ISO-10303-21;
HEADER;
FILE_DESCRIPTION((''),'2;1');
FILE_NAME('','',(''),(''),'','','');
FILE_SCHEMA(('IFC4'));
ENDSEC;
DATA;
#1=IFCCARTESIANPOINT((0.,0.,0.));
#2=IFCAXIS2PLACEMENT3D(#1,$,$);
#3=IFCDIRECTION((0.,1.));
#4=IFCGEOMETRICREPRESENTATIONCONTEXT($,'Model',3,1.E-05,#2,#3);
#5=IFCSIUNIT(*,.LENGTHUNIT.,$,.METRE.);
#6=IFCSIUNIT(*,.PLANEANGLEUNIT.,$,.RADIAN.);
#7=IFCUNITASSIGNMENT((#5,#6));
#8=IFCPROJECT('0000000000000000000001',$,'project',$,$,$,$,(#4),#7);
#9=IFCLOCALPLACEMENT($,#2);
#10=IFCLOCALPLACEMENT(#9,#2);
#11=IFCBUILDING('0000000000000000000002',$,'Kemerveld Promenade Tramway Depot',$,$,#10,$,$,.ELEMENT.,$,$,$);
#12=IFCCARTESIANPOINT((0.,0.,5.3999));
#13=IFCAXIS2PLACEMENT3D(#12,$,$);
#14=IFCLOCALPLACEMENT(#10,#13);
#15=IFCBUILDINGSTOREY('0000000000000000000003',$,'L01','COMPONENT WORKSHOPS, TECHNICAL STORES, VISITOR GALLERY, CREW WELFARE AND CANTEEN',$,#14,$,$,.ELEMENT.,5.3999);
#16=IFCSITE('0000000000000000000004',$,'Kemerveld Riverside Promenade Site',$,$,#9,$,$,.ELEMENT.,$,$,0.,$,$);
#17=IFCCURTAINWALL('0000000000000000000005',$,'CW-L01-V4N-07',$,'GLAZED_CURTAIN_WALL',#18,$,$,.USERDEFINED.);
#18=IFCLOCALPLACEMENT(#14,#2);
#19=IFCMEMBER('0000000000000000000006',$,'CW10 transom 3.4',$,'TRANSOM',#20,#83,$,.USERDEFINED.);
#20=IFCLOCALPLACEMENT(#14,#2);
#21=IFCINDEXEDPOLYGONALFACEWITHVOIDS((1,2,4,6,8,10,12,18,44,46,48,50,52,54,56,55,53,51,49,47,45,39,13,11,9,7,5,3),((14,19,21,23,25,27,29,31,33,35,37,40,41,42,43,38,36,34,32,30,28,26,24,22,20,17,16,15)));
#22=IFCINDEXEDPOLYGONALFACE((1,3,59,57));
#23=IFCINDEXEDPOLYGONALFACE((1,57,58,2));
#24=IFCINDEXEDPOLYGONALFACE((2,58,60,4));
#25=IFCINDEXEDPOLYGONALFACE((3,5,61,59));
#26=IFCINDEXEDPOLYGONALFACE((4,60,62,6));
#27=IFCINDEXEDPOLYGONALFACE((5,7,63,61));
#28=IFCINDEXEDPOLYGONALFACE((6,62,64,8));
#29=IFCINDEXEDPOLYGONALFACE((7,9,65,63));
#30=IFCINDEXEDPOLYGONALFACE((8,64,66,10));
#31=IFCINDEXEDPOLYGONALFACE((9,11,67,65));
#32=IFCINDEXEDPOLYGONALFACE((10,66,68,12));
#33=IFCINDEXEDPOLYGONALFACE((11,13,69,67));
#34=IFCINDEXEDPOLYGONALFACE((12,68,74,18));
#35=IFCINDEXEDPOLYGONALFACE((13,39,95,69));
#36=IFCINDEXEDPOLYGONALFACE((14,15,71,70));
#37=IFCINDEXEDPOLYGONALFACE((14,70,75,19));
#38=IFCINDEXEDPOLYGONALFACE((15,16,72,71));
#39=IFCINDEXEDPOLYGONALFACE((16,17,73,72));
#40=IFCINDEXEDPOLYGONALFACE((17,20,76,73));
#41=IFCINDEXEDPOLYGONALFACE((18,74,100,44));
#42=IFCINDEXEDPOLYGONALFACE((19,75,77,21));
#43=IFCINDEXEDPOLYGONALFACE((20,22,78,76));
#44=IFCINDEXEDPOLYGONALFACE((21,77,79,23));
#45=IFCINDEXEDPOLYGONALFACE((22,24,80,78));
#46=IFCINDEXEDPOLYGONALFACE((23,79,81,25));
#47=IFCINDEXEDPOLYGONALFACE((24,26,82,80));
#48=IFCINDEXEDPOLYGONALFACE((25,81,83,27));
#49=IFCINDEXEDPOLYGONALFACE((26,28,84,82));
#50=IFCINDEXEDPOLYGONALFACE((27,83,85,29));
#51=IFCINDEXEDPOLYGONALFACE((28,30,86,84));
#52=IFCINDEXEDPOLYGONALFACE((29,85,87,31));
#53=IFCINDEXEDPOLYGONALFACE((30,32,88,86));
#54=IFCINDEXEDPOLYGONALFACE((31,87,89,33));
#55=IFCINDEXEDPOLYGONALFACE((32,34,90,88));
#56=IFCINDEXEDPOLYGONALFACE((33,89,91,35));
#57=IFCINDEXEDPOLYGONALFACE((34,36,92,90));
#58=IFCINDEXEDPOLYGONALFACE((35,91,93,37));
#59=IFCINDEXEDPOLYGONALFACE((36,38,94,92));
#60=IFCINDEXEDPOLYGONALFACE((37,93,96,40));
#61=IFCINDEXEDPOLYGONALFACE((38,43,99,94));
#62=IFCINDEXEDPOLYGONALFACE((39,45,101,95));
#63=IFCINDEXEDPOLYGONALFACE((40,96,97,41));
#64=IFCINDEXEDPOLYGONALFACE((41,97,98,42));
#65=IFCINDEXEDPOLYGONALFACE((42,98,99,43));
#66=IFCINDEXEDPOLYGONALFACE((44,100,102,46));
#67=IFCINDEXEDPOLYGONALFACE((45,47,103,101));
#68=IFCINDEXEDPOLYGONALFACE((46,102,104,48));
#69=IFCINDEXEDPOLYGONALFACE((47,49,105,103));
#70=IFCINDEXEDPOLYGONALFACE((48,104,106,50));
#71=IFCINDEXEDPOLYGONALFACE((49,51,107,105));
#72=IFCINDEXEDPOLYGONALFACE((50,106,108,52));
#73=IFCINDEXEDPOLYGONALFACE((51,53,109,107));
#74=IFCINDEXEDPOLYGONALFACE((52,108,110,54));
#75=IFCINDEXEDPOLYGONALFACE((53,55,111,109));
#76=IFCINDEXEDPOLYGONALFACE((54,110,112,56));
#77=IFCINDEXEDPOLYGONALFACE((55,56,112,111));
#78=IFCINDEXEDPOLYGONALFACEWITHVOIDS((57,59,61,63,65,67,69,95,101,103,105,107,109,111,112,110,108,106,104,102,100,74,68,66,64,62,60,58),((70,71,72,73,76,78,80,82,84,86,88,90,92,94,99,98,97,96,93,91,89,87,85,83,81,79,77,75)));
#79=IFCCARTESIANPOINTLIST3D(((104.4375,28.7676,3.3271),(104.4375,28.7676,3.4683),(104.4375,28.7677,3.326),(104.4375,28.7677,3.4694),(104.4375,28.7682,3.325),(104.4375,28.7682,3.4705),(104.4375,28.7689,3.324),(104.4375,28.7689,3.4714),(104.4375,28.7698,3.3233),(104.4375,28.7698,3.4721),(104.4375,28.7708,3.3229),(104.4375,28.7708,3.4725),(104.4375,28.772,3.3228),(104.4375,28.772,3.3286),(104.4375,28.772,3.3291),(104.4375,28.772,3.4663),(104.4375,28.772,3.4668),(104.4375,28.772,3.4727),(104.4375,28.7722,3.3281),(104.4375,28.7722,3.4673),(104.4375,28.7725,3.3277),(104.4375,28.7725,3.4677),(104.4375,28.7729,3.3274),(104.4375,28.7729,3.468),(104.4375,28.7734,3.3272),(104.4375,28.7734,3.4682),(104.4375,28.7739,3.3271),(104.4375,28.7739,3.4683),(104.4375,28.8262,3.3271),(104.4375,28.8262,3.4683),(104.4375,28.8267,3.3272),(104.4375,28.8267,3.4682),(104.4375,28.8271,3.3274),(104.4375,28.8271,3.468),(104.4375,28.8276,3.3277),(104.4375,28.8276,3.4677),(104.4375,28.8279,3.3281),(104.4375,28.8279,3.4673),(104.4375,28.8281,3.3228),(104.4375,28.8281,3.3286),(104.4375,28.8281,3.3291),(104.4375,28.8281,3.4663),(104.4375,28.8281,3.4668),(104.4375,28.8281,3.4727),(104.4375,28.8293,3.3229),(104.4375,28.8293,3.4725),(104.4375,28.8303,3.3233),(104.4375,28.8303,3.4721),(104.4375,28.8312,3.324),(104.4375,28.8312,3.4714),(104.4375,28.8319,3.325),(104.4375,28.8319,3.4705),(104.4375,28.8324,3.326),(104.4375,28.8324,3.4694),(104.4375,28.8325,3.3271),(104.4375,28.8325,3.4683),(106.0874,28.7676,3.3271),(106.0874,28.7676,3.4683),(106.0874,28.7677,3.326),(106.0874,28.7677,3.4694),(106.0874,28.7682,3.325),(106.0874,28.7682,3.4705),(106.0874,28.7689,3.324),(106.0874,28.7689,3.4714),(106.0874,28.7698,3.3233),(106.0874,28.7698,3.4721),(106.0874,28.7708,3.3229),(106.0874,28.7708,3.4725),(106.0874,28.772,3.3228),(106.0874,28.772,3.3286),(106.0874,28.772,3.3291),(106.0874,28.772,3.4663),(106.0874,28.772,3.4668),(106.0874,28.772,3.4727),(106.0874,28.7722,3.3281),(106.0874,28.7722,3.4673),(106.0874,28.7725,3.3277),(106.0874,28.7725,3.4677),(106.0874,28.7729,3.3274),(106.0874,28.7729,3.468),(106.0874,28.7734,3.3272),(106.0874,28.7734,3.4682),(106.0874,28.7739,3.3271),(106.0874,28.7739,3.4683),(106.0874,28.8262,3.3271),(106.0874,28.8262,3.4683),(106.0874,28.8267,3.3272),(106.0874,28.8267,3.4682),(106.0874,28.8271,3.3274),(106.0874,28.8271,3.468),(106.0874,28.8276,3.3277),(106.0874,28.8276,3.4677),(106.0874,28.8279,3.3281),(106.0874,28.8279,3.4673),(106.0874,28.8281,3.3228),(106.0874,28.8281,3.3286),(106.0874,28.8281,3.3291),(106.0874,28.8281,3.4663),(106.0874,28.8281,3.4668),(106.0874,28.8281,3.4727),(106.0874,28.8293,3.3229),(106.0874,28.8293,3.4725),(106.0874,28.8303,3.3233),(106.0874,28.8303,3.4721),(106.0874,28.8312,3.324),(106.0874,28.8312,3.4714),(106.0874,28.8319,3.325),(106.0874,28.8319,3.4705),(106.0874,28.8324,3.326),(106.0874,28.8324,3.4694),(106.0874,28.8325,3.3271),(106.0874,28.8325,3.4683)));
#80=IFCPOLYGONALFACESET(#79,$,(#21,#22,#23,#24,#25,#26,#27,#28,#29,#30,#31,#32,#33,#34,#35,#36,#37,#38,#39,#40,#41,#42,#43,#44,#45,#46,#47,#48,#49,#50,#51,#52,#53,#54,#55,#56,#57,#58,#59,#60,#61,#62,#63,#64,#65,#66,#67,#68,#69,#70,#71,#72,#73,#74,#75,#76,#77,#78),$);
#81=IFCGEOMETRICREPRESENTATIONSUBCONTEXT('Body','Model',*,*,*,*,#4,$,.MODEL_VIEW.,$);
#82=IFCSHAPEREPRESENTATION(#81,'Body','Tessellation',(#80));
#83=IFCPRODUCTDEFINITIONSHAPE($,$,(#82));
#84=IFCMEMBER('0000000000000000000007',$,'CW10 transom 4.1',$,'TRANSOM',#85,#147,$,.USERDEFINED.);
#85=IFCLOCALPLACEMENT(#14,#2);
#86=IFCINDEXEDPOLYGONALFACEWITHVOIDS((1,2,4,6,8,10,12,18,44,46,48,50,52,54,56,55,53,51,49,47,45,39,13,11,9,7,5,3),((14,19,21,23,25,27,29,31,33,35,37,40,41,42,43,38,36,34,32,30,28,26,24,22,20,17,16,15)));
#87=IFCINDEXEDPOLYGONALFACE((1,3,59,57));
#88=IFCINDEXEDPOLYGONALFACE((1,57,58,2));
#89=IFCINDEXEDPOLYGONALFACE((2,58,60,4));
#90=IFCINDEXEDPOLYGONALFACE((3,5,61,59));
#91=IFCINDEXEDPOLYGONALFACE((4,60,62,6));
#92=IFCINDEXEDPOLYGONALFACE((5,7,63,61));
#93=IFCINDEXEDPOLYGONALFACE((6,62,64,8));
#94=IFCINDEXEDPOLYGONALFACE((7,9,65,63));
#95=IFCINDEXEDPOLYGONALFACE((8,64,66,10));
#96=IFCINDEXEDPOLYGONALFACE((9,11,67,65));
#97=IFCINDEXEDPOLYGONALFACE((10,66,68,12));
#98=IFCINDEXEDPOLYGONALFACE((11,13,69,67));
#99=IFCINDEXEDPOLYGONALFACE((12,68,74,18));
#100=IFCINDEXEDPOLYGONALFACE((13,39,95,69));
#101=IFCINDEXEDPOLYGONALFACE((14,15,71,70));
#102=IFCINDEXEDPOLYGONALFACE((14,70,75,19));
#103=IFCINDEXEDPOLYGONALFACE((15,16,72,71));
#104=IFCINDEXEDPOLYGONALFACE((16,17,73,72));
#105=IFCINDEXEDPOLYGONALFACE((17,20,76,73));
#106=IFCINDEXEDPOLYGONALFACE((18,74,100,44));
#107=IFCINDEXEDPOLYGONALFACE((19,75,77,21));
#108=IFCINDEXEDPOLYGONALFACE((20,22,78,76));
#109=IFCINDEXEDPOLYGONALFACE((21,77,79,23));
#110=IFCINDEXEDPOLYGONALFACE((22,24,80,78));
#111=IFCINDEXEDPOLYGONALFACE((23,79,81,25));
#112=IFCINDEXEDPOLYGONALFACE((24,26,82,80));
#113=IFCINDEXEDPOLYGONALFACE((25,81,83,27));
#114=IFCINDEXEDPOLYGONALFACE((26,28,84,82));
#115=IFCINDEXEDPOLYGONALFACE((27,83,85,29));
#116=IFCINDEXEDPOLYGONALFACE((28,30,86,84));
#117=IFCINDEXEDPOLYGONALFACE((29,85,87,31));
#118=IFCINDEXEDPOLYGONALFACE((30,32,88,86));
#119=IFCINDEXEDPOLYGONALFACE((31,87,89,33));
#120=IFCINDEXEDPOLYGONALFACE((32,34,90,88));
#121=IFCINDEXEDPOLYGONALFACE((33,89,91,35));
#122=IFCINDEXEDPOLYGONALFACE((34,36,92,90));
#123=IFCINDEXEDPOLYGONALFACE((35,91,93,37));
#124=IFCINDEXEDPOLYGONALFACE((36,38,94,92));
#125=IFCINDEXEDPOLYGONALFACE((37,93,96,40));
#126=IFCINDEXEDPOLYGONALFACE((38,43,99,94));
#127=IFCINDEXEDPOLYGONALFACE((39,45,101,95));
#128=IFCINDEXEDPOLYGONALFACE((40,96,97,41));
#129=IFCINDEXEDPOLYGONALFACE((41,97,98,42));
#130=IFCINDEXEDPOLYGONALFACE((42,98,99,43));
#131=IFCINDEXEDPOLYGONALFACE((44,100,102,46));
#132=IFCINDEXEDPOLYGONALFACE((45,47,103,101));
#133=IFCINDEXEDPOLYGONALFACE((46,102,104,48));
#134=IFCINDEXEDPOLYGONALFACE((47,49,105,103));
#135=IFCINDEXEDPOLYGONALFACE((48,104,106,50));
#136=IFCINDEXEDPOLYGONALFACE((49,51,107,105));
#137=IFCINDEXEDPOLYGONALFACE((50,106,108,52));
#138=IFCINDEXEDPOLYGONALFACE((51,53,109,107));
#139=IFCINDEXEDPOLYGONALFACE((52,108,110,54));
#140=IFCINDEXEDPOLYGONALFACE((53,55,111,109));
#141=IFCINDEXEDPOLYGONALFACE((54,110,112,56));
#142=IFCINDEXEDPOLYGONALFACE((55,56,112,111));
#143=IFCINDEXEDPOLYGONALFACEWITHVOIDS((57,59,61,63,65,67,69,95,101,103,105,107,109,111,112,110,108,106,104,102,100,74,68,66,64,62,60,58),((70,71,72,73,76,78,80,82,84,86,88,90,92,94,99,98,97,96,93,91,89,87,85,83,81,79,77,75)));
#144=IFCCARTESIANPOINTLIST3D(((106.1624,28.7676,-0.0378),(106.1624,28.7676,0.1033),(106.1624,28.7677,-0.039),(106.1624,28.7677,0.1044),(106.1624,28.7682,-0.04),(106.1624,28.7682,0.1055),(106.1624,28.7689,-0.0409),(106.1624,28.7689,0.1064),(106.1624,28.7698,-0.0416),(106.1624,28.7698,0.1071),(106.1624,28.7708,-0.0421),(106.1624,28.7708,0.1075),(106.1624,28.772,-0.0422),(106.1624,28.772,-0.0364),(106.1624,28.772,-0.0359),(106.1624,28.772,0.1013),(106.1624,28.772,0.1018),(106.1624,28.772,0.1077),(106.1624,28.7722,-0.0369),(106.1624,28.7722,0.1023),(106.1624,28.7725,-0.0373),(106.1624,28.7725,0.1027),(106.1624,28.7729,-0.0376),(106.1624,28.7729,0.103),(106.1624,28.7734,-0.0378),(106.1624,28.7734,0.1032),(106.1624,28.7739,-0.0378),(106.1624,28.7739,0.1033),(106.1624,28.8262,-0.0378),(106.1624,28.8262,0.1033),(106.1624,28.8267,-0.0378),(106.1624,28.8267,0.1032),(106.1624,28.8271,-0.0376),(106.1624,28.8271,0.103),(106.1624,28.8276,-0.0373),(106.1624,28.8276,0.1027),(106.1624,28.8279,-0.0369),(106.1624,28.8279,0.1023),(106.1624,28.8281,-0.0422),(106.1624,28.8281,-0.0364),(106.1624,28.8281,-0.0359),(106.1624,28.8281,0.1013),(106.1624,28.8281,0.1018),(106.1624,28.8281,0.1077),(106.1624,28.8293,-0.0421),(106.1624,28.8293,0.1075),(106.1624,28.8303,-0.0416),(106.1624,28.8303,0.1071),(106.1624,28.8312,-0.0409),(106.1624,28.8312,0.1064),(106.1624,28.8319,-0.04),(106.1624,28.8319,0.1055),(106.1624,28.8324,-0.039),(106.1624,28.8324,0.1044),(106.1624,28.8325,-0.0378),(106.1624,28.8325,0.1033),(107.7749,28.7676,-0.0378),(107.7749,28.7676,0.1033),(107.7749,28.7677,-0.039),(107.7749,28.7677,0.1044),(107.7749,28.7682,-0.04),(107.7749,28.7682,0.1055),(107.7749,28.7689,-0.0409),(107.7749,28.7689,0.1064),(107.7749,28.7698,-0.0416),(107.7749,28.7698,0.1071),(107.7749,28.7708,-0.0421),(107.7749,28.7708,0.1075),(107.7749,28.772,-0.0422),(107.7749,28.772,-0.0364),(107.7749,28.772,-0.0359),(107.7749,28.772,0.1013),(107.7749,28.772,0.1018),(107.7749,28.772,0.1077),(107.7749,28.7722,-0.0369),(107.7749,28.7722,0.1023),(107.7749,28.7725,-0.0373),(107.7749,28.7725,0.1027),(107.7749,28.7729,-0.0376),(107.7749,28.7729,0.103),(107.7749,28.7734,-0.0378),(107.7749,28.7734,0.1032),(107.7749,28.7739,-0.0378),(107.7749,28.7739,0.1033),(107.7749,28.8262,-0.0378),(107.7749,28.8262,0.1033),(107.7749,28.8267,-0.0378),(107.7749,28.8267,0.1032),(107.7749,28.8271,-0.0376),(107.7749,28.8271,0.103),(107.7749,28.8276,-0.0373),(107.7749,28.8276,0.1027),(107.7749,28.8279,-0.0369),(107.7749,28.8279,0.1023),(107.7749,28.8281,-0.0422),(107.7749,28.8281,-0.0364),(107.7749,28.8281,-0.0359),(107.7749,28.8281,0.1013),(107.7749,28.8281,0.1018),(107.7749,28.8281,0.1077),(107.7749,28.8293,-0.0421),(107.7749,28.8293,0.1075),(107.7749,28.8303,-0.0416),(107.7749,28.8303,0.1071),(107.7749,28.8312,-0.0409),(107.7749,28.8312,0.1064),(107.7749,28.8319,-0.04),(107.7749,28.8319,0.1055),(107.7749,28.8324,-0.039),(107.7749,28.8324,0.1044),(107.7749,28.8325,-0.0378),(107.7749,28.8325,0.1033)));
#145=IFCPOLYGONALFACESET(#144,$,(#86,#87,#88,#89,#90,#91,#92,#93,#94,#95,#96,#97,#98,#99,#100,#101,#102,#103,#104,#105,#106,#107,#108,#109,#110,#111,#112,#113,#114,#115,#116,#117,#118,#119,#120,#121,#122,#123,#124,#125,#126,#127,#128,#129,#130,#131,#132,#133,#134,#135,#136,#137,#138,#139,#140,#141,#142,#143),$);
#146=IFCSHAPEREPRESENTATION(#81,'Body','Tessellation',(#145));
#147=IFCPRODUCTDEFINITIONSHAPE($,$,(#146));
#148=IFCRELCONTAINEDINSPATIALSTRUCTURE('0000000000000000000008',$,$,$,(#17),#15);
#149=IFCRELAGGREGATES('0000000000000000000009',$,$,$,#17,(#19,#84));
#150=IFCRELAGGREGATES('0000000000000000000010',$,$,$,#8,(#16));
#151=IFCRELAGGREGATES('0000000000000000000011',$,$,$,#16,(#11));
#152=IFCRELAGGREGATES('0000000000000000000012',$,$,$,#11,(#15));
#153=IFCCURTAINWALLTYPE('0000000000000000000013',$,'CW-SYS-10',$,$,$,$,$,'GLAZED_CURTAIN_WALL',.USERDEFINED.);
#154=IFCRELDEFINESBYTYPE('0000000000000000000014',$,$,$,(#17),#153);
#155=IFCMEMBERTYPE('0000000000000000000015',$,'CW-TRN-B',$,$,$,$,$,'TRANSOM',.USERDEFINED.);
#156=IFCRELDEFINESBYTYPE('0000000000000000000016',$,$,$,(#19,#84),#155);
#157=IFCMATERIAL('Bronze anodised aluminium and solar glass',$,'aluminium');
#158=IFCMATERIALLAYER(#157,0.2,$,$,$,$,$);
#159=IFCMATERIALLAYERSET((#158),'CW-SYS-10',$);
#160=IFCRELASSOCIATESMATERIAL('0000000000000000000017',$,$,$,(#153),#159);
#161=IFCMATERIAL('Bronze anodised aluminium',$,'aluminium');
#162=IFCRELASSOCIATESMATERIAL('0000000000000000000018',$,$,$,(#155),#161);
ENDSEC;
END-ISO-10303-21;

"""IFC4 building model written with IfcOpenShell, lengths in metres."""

from ifc_helpers import new_model, si_unit, direction, frame, origin, origin_2d, place, context, subcontext, project, spatial, hollow_rectangle, extrude, material, layer, layer_set, material_profile, profile_set, type_object, element, aggregate, save


model = new_model("IFC4")

# Units and contexts
model_context = context("Model", 3, precision=1e-05, world=origin(), true_north=direction((0.0, 1.0)))
body_context = subcontext(model_context, "Body", "Model", "MODEL_VIEW")
ifc_project = project(units=[si_unit("LENGTHUNIT", "METRE"), si_unit("PLANEANGLEUNIT", "RADIAN")], contexts=[model_context])

# Site, building, storey
site_placement = place(None, origin())
site = spatial("IfcSite", under=ifc_project, at=site_placement, Name="Kemerveld Riverside Promenade Site", CompositionType="ELEMENT", RefElevation=0.0)
building_placement = place(site_placement, origin())
building = spatial("IfcBuilding", under=site, at=building_placement, Name="Kemerveld Promenade Tramway Depot", CompositionType="ELEMENT")
storey_placement = place(building_placement, frame((0.0, 0.0, 5.3999)))
storey = spatial("IfcBuildingStorey", under=building, at=storey_placement, Name="L01", Description="COMPONENT WORKSHOPS, TECHNICAL STORES, VISITOR GALLERY, CREW WELFARE AND CANTEEN", CompositionType="ELEMENT", Elevation=5.3999)

# Curtain wall, members
ifc_material_1 = material(Name="Bronze anodised aluminium and solar glass", Category="aluminium")
ifc_layer_1 = layer(ifc_material_1, 0.2)
ifc_layer_set_1 = layer_set([ifc_layer_1], Name="CW-SYS-10")
curtain_wall_type = type_object("IfcCurtainWallType", Name="CW-SYS-10", ElementType="GLAZED_CURTAIN_WALL", PredefinedType="USERDEFINED", material=ifc_layer_set_1)
curtain_wall_placement = place(storey_placement, origin())
curtain_wall = element("IfcCurtainWall", 1, at=curtain_wall_placement, inside=storey, type_object=curtain_wall_type, Name="CW-L01-V4N-07", ObjectType="GLAZED_CURTAIN_WALL", PredefinedType="USERDEFINED")
ifc_material_2 = material(Name="Bronze anodised aluminium", Category="aluminium")
ifc_material_profile_1 = material_profile(ifc_material_2, hollow_rectangle(XDim=0.0649, YDim=0.1499, WallThickness=0.0044, InnerFilletRadius=0.002, OuterFilletRadius=0.0044, at=origin_2d()), Name="CW-TRN-150x65")
ifc_profile_set_1 = profile_set([ifc_material_profile_1], Name="Bronze anodised aluminium")
member_type_1 = type_object("IfcMemberType", Name="CW-TRN-B", ElementType="TRANSOM", PredefinedType="USERDEFINED", material=ifc_profile_set_1)
member_1_placement = place(storey_placement, frame((104.4375, 28.8, 3.3977), z_axis=(1.0, 0.0, 0.0), x_axis=(0.0, 1.0, 0.0)))
member_1 = element("IfcMember", 2, at=member_1_placement, type_object=member_type_1, Name="CW10 transom 3.4", ObjectType="TRANSOM", PredefinedType="USERDEFINED", context=body_context, shape_type="SweptSolid", body=[
    extrude(hollow_rectangle(XDim=0.0649, YDim=0.1499, WallThickness=0.0044, InnerFilletRadius=0.002, OuterFilletRadius=0.0044, at=origin_2d()), origin(), (0.0, 0.0, 1.0), 1.6499),
])
member_2_placement = place(storey_placement, frame((106.1624, 28.8, 0.0327), z_axis=(1.0, 0.0, 0.0), x_axis=(0.0, 1.0, 0.0)))
member_2 = element("IfcMember", 3, at=member_2_placement, type_object=member_type_1, Name="CW10 transom 4.1", ObjectType="TRANSOM", PredefinedType="USERDEFINED", context=body_context, shape_type="SweptSolid", body=[
    extrude(hollow_rectangle(XDim=0.0649, YDim=0.1499, WallThickness=0.0044, InnerFilletRadius=0.002, OuterFilletRadius=0.0044, at=origin_2d()), origin(), (0.0, 0.0, 1.0), 1.6125),
])
aggregate(curtain_wall, [member_1, member_2])

save(model, "model.ifc")
